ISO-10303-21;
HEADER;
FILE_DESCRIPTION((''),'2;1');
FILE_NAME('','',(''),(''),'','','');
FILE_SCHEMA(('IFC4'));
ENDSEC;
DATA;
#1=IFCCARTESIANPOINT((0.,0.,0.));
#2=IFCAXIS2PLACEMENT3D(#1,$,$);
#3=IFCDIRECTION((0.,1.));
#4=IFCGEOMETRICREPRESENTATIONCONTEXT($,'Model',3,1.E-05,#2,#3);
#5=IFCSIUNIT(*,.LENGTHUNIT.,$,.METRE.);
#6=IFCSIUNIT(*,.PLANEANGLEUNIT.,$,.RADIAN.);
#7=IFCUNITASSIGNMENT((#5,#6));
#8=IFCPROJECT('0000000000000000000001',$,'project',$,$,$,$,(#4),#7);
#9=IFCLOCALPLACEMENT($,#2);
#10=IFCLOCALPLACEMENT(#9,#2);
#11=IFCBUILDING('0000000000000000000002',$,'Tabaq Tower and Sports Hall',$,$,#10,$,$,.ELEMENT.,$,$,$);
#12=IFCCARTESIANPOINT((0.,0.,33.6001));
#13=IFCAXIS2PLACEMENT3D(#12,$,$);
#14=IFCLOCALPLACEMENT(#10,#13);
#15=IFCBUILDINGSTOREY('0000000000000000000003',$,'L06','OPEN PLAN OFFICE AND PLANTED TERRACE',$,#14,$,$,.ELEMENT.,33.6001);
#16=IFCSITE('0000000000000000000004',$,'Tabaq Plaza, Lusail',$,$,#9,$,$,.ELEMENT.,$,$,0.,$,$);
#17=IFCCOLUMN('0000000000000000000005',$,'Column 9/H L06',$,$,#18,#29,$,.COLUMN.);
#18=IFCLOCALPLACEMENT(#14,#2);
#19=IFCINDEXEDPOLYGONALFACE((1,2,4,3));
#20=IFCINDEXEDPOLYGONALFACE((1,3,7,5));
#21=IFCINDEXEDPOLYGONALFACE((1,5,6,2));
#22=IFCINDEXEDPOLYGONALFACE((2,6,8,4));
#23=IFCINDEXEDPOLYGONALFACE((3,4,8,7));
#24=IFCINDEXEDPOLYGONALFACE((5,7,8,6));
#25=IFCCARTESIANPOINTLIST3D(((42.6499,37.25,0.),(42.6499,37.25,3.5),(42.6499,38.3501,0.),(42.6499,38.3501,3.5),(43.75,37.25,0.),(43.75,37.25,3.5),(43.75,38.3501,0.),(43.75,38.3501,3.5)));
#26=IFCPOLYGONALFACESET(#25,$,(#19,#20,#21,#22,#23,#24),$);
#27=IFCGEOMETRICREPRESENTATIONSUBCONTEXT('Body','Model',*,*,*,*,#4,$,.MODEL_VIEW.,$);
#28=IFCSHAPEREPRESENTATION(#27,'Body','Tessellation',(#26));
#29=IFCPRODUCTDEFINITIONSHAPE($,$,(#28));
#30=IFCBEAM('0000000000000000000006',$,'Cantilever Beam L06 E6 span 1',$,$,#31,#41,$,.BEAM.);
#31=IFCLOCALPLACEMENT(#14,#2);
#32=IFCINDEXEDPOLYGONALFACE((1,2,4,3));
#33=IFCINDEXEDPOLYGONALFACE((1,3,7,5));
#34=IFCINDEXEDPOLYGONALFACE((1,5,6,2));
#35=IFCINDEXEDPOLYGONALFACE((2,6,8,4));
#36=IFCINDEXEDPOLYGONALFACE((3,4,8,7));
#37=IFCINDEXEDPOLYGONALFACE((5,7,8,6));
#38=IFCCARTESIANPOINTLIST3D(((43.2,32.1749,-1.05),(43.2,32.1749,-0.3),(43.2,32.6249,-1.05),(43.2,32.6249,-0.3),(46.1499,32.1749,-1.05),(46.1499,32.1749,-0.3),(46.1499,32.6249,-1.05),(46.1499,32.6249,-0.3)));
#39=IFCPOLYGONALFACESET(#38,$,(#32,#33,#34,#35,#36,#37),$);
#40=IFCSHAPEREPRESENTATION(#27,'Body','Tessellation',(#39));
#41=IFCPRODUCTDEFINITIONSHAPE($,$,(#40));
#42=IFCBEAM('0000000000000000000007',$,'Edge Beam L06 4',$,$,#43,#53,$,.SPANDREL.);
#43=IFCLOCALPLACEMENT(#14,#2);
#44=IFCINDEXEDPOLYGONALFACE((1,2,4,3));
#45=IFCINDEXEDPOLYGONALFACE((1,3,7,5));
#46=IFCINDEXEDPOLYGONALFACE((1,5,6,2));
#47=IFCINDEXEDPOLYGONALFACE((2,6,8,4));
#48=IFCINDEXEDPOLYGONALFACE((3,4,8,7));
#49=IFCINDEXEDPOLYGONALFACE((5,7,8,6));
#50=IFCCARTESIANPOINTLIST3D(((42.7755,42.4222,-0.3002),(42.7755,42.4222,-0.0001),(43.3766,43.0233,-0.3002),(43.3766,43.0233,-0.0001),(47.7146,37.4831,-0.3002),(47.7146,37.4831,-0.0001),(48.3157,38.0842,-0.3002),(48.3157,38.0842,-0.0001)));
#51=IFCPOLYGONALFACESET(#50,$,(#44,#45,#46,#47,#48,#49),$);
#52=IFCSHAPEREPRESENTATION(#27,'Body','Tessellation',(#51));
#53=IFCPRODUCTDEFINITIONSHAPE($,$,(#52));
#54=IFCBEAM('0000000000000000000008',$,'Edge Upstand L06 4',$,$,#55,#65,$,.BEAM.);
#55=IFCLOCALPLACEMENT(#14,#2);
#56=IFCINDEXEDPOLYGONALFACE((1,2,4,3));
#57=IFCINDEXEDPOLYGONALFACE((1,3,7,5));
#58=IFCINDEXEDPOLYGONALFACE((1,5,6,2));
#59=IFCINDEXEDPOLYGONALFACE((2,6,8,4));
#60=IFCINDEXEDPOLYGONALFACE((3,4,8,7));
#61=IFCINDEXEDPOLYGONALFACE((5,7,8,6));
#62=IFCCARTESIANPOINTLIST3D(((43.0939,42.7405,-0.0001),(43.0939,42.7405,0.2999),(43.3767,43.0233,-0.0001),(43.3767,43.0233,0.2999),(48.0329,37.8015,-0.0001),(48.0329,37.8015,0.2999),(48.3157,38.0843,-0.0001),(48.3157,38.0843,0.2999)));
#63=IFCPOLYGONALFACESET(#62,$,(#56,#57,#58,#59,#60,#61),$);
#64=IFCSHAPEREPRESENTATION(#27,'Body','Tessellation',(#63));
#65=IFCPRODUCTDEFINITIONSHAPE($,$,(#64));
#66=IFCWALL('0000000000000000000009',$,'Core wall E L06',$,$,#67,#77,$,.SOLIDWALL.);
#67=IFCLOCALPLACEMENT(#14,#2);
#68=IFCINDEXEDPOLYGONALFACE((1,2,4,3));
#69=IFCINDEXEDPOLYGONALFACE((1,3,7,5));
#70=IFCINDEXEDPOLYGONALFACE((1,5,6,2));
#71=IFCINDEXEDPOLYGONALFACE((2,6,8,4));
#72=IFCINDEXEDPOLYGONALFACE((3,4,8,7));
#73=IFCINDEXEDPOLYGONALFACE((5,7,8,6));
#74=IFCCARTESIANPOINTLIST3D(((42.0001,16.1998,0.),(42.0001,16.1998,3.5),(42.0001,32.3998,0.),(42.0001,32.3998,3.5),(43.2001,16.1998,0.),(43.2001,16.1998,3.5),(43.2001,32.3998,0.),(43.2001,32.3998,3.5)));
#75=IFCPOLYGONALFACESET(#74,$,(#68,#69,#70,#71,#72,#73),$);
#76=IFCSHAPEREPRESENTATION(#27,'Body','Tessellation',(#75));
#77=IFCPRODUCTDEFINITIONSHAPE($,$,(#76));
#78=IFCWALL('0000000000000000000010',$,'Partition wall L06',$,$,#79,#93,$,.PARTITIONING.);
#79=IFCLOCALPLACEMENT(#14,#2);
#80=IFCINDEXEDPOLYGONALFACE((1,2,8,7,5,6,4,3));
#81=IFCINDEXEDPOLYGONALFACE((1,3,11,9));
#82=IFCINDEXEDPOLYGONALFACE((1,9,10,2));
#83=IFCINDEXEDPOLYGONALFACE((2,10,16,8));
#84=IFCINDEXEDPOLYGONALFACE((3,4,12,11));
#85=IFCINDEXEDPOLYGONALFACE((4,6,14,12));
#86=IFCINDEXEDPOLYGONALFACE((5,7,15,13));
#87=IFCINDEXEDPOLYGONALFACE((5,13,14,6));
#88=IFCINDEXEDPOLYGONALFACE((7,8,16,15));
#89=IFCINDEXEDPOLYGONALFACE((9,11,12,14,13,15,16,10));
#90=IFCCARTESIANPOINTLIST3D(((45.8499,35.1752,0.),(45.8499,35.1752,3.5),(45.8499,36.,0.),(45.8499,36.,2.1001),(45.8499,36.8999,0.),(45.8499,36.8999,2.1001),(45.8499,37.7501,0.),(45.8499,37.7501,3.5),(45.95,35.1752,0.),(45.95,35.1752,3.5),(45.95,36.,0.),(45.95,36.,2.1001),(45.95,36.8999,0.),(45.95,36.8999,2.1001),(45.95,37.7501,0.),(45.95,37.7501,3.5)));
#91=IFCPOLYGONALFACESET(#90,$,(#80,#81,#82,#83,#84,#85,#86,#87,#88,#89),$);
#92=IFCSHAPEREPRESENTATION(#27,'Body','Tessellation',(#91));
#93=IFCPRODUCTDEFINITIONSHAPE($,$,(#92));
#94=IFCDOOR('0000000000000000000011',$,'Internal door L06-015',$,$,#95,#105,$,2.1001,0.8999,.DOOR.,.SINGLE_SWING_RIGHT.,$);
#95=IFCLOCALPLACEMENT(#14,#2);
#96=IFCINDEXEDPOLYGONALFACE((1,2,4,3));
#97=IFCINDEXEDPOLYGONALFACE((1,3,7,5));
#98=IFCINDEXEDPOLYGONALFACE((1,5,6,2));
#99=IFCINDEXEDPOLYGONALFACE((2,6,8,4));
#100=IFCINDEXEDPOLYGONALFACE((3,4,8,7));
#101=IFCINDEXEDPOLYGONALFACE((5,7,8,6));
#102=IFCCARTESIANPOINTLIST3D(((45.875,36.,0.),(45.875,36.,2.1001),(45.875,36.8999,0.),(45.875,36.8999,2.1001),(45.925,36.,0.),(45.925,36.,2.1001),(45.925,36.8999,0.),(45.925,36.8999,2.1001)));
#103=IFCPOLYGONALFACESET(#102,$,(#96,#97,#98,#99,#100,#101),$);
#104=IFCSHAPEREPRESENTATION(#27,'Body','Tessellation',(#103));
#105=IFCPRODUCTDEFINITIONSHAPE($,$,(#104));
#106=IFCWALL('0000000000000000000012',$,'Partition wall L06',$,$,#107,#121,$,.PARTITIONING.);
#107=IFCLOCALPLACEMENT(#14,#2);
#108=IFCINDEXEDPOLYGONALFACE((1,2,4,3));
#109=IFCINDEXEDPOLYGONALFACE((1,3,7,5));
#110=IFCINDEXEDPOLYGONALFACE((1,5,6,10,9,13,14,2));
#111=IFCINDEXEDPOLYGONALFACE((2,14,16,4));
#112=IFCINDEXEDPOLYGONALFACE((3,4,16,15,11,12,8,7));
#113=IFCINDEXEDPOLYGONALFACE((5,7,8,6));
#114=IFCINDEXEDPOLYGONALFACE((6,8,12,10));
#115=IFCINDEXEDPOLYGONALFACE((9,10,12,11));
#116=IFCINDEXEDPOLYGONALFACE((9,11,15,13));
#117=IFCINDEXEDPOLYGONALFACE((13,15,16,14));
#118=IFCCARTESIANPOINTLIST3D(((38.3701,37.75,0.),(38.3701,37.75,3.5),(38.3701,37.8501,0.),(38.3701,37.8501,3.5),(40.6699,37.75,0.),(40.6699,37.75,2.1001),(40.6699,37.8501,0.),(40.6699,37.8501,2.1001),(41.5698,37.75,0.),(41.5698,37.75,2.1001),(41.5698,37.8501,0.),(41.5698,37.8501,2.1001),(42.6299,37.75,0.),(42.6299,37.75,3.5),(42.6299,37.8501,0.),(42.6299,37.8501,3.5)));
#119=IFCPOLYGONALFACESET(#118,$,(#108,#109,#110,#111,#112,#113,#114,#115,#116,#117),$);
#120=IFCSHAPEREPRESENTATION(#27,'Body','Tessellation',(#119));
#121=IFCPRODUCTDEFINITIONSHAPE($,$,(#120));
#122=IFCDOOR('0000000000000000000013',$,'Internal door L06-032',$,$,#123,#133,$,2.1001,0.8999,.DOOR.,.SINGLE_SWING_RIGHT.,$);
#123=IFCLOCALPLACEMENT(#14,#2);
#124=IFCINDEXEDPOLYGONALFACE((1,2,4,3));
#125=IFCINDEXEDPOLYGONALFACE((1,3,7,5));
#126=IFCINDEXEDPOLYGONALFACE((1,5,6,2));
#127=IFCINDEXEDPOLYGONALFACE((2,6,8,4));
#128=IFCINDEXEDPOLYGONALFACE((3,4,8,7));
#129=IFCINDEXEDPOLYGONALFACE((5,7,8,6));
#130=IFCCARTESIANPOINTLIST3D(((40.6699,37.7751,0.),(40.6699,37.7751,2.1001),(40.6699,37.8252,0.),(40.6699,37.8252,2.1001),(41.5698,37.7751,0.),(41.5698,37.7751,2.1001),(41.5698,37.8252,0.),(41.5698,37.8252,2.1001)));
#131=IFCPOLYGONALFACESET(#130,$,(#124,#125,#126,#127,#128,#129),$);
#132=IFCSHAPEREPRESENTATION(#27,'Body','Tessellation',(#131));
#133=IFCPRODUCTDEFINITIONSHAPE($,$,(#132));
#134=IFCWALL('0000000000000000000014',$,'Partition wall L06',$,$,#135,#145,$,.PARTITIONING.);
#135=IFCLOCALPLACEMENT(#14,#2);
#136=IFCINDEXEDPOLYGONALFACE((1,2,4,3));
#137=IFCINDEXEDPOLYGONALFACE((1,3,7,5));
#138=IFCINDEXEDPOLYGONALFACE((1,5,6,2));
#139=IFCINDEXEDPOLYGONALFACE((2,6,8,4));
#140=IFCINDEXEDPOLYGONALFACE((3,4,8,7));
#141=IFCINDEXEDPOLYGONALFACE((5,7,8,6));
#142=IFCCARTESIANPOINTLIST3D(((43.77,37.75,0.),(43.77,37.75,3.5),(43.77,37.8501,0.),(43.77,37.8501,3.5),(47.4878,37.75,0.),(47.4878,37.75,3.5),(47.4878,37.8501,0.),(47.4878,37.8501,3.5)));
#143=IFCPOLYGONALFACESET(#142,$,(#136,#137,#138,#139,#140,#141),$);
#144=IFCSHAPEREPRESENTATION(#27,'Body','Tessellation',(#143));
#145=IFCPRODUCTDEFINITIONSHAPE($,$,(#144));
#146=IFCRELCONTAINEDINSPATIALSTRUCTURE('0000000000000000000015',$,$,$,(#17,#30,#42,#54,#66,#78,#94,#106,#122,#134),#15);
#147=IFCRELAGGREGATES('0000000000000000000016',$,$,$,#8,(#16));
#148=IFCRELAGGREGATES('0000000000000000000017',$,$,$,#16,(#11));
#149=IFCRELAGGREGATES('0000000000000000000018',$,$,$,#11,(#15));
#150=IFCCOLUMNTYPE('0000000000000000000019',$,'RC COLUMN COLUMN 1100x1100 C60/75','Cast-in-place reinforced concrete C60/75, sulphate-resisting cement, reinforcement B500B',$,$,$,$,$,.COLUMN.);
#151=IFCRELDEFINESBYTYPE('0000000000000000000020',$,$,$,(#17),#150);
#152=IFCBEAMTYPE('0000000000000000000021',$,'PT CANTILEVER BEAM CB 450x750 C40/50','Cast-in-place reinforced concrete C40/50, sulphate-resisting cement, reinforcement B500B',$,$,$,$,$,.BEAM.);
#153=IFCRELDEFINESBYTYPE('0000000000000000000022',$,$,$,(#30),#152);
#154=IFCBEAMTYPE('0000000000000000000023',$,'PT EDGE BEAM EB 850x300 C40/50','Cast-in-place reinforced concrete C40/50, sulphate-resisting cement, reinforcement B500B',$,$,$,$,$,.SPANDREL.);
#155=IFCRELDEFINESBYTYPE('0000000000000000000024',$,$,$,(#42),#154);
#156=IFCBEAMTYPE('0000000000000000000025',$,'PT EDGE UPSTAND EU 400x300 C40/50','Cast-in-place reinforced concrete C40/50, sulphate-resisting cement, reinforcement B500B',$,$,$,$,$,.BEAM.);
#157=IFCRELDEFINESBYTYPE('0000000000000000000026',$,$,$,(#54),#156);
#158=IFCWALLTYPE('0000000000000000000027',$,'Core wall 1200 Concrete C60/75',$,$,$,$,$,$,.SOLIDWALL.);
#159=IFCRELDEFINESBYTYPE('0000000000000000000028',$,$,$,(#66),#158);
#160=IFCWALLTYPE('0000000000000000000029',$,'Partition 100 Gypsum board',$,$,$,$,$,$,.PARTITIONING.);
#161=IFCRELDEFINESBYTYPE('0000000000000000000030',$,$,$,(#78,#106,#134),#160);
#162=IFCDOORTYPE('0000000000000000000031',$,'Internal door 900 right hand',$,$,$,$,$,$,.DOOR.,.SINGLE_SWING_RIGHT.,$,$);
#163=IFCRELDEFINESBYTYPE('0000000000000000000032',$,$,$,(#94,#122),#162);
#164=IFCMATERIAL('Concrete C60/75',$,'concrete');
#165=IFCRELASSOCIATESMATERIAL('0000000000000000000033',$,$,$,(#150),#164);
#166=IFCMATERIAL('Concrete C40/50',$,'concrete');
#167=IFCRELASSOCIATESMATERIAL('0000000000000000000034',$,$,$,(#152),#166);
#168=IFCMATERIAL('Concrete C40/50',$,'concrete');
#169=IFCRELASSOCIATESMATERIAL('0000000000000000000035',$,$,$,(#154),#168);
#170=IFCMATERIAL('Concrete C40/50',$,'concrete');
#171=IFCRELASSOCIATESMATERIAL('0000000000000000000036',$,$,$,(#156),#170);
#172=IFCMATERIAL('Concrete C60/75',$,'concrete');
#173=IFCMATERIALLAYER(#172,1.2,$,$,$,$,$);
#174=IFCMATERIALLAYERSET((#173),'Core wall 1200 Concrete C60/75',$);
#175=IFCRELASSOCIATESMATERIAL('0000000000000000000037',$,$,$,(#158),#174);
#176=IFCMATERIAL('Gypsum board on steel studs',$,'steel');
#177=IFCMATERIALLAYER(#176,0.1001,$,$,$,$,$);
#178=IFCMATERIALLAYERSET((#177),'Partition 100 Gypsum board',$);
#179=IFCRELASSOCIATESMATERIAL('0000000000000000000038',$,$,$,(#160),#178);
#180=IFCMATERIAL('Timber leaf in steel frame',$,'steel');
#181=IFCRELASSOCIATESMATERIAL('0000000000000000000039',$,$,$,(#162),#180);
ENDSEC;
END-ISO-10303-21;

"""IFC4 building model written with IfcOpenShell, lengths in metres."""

from ifc_helpers import new_model, si_unit, direction, frame, frame_2d, origin, origin_2d, place, context, subcontext, project, spatial, rectangle, extrude, material, layer, layer_set, material_profile, profile_set, type_object, element, fill, save


model = new_model("IFC4")

# Units and contexts
model_context = context("Model", 3, precision=1e-05, world=origin(), true_north=direction((0.0, 1.0)))
body_context = subcontext(model_context, "Body", "Model", "MODEL_VIEW")
ifc_project = project(units=[si_unit("LENGTHUNIT", "METRE"), si_unit("PLANEANGLEUNIT", "RADIAN")], contexts=[model_context])

# Site, building, storey
site_placement = place(None, origin())
site = spatial("IfcSite", under=ifc_project, at=site_placement, Name="Tabaq Plaza, Lusail", CompositionType="ELEMENT", RefElevation=0.0)
building_placement = place(site_placement, origin())
building = spatial("IfcBuilding", under=site, at=building_placement, Name="Tabaq Tower and Sports Hall", CompositionType="ELEMENT")
storey_placement = place(building_placement, frame((0.0, 0.0, 33.6001)))
storey = spatial("IfcBuildingStorey", under=building, at=storey_placement, Name="L06", Description="OPEN PLAN OFFICE AND PLANTED TERRACE", CompositionType="ELEMENT", Elevation=33.6001)

# Column
ifc_material_1 = material(Name="Concrete C60/75", Category="concrete")
ifc_material_profile_1 = material_profile(ifc_material_1, rectangle(XDim=1.1001, YDim=1.1001, at=origin_2d()), Name="COLUMN 1100x1100")
ifc_profile_set_1 = profile_set([ifc_material_profile_1], Name="Concrete C60/75")
column_type = type_object("IfcColumnType", Name="RC COLUMN COLUMN 1100x1100 C60/75", Description="Cast-in-place reinforced concrete C60/75, sulphate-resisting cement, reinforcement B500B", PredefinedType="COLUMN", material=ifc_profile_set_1)
column_placement = place(storey_placement, frame((43.2, 37.8, 0.0), z_axis=(0.0, 0.0, 1.0), x_axis=(1.0, 0.0, 0.0)))
element("IfcColumn", 1, at=column_placement, inside=storey, type_object=column_type, Name="Column 9/H L06", PredefinedType="COLUMN", context=body_context, shape_type="SweptSolid", body=[
    extrude(rectangle(XDim=1.1001, YDim=1.1001, at=origin_2d()), origin(), (0.0, 0.0, 1.0), 3.5),
])

# Beams
ifc_material_2 = material(Name="Concrete C40/50", Category="concrete")
ifc_material_profile_2 = material_profile(ifc_material_2, rectangle(XDim=0.45, YDim=0.75, at=origin_2d()), Name="CB 450x750")
ifc_profile_set_2 = profile_set([ifc_material_profile_2], Name="Concrete C40/50")
beam_type_1 = type_object("IfcBeamType", Name="PT CANTILEVER BEAM CB 450x750 C40/50", Description="Cast-in-place reinforced concrete C40/50, sulphate-resisting cement, reinforcement B500B", PredefinedType="BEAM", material=ifc_profile_set_2)
beam_1_placement = place(storey_placement, frame((46.1499, 32.3999, -0.675), z_axis=(-1.0, 0.0, 0.0), x_axis=(0.0, -1.0, 0.0)))
element("IfcBeam", 2, at=beam_1_placement, inside=storey, type_object=beam_type_1, Name="Cantilever Beam L06 E6 span 1", PredefinedType="BEAM", context=body_context, shape_type="SweptSolid", body=[
    extrude(rectangle(XDim=0.45, YDim=0.75, at=origin_2d()), origin(), (0.0, 0.0, 1.0), 2.95),
])
ifc_material_3 = material(Name="Concrete C40/50", Category="concrete")
ifc_material_profile_3 = material_profile(ifc_material_3, rectangle(XDim=0.8501, YDim=0.3, at=origin_2d()), Name="EB 850x300")
ifc_profile_set_3 = profile_set([ifc_material_profile_3], Name="Concrete C40/50")
beam_type_2 = type_object("IfcBeamType", Name="PT EDGE BEAM EB 850x300 C40/50", Description="Cast-in-place reinforced concrete C40/50, sulphate-resisting cement, reinforcement B500B", PredefinedType="SPANDREL", material=ifc_profile_set_3)
beam_2_placement = place(storey_placement, frame((48.0151, 37.7837, -0.1501), z_axis=(-0.707107, 0.707107, 0.0), x_axis=(-0.707107, -0.707107, 0.0)))
element("IfcBeam", 3, at=beam_2_placement, inside=storey, type_object=beam_type_2, Name="Edge Beam L06 4", PredefinedType="SPANDREL", context=body_context, shape_type="SweptSolid", body=[
    extrude(rectangle(XDim=0.8501, YDim=0.3, at=origin_2d()), origin(), (0.0, 0.0, 1.0), 6.9849),
])
ifc_material_4 = material(Name="Concrete C40/50", Category="concrete")
ifc_material_profile_4 = material_profile(ifc_material_4, rectangle(XDim=0.3999, YDim=0.3, at=origin_2d()), Name="EU 400x300")
ifc_profile_set_4 = profile_set([ifc_material_profile_4], Name="Concrete C40/50")
beam_type_3 = type_object("IfcBeamType", Name="PT EDGE UPSTAND EU 400x300 C40/50", Description="Cast-in-place reinforced concrete C40/50, sulphate-resisting cement, reinforcement B500B", PredefinedType="BEAM", material=ifc_profile_set_4)
beam_3_placement = place(storey_placement, frame((48.1743, 37.9429, 0.1499), z_axis=(-0.707107, 0.707107, 0.0), x_axis=(-0.707107, -0.707107, 0.0)))
element("IfcBeam", 4, at=beam_3_placement, inside=storey, type_object=beam_type_3, Name="Edge Upstand L06 4", PredefinedType="BEAM", context=body_context, shape_type="SweptSolid", body=[
    extrude(rectangle(XDim=0.3999, YDim=0.3, at=origin_2d()), origin(), (0.0, 0.0, 1.0), 6.9849),
])

# Wall
ifc_material_5 = material(Name="Concrete C60/75", Category="concrete")
ifc_layer_1 = layer(ifc_material_5, 1.2)
ifc_layer_set_1 = layer_set([ifc_layer_1], Name="Core wall 1200 Concrete C60/75")
wall_type_1 = type_object("IfcWallType", Name="Core wall 1200 Concrete C60/75", PredefinedType="SOLIDWALL", material=ifc_layer_set_1)
wall_1_placement = place(storey_placement, frame((42.6001, 32.3999, 0.0), z_axis=(0.0, 0.0, 1.0), x_axis=(0.0, -1.0, 0.0)))
element("IfcWall", 5, at=wall_1_placement, inside=storey, type_object=wall_type_1, Name="Core wall E L06", PredefinedType="SOLIDWALL", context=body_context, shape_type="SweptSolid", body=[
    extrude(rectangle(XDim=16.2, YDim=1.2, at=frame_2d((8.1001, 0.0))), origin(), (0.0, 0.0, 1.0), 3.5),
])

# Walls, openings, doors
ifc_material_6 = material(Name="Gypsum board on steel studs", Category="steel")
ifc_layer_2 = layer(ifc_material_6, 0.1001)
ifc_layer_set_2 = layer_set([ifc_layer_2], Name="Partition 100 Gypsum board")
wall_type_2 = type_object("IfcWallType", Name="Partition 100 Gypsum board", PredefinedType="PARTITIONING", material=ifc_layer_set_2)
wall_2_placement = place(storey_placement, frame((45.8999, 35.175, 0.0), z_axis=(0.0, 0.0, 1.0), x_axis=(0.0, 1.0, 0.0)))
wall_2 = element("IfcWall", 6, at=wall_2_placement, inside=storey, type_object=wall_type_2, Name="Partition wall L06", PredefinedType="PARTITIONING", context=body_context, shape_type="SweptSolid", body=[
    extrude(rectangle(XDim=2.575, YDim=0.1001, at=frame_2d((1.2876, 0.0))), origin(), (0.0, 0.0, 1.0), 3.5),
])
opening_1_placement = place(wall_2_placement, frame((0.825, 0.0, 0.0)))
opening_1 = element("IfcOpeningElement", 7, at=opening_1_placement, cuts=wall_2, PredefinedType="OPENING", context=body_context, shape_type="SweptSolid", body=[
    extrude(rectangle(XDim=0.8999, YDim=2.1001, at=frame_2d((0.45, 1.05))), frame((0.0, 0.05, 0.0), z_axis=(0.0, -1.0, 0.0), x_axis=(1.0, 0.0, 0.0)), (0.0, 0.0, 1.0), 0.1001),
])
ifc_material_7 = material(Name="Timber leaf in steel frame", Category="steel")
door_type_1 = type_object("IfcDoorType", Name="Internal door 900 right hand", OperationType="SINGLE_SWING_RIGHT", PredefinedType="DOOR", material=ifc_material_7)
door_1_placement = place(opening_1_placement, origin())
door_1 = element("IfcDoor", 8, at=door_1_placement, inside=storey, type_object=door_type_1, Name="Internal door L06-015", OperationType="SINGLE_SWING_RIGHT", OverallHeight=2.1001, OverallWidth=0.8999, PredefinedType="DOOR", context=body_context, shape_type="SweptSolid", body=[
    extrude(rectangle(XDim=0.8999, YDim=2.1001, at=frame_2d((0.45, 1.05))), frame((0.0, 0.0249, 0.0), z_axis=(0.0, -1.0, 0.0), x_axis=(1.0, 0.0, 0.0)), (0.0, 0.0, 1.0), 0.05),
])
fill(opening_1, door_1)
wall_3_placement = place(storey_placement, frame((42.6299, 37.8, 0.0), z_axis=(0.0, 0.0, 1.0), x_axis=(-1.0, 0.0, 0.0)))
wall_3 = element("IfcWall", 9, at=wall_3_placement, inside=storey, type_object=wall_type_2, Name="Partition wall L06", PredefinedType="PARTITIONING", context=body_context, shape_type="SweptSolid", body=[
    extrude(rectangle(XDim=4.2598, YDim=0.1001, at=frame_2d((2.1299, 0.0))), origin(), (0.0, 0.0, 1.0), 3.5),
])
opening_2_placement = place(wall_3_placement, frame((1.0601, 0.0, 0.0)))
opening_2 = element("IfcOpeningElement", 10, at=opening_2_placement, cuts=wall_3, PredefinedType="OPENING", context=body_context, shape_type="SweptSolid", body=[
    extrude(rectangle(XDim=0.8999, YDim=2.1001, at=frame_2d((0.45, 1.05))), frame((0.0, 0.05, 0.0), z_axis=(0.0, -1.0, 0.0), x_axis=(1.0, 0.0, 0.0)), (0.0, 0.0, 1.0), 0.1001),
])
door_2_placement = place(opening_2_placement, origin())
door_2 = element("IfcDoor", 11, at=door_2_placement, inside=storey, type_object=door_type_1, Name="Internal door L06-032", OperationType="SINGLE_SWING_RIGHT", OverallHeight=2.1001, OverallWidth=0.8999, PredefinedType="DOOR", context=body_context, shape_type="SweptSolid", body=[
    extrude(rectangle(XDim=0.8999, YDim=2.1001, at=frame_2d((0.45, 1.05))), frame((0.0, 0.0249, 0.0), z_axis=(0.0, -1.0, 0.0), x_axis=(1.0, 0.0, 0.0)), (0.0, 0.0, 1.0), 0.05),
])
fill(opening_2, door_2)

# Wall
wall_4_placement = place(storey_placement, frame((47.4878, 37.8, 0.0), z_axis=(0.0, 0.0, 1.0), x_axis=(-1.0, 0.0, 0.0)))
element("IfcWall", 12, at=wall_4_placement, inside=storey, type_object=wall_type_2, Name="Partition wall L06", PredefinedType="PARTITIONING", context=body_context, shape_type="SweptSolid", body=[
    extrude(rectangle(XDim=3.7178, YDim=0.1001, at=frame_2d((1.8589, 0.0))), origin(), (0.0, 0.0, 1.0), 3.5),
])

save(model, "model.ifc")
